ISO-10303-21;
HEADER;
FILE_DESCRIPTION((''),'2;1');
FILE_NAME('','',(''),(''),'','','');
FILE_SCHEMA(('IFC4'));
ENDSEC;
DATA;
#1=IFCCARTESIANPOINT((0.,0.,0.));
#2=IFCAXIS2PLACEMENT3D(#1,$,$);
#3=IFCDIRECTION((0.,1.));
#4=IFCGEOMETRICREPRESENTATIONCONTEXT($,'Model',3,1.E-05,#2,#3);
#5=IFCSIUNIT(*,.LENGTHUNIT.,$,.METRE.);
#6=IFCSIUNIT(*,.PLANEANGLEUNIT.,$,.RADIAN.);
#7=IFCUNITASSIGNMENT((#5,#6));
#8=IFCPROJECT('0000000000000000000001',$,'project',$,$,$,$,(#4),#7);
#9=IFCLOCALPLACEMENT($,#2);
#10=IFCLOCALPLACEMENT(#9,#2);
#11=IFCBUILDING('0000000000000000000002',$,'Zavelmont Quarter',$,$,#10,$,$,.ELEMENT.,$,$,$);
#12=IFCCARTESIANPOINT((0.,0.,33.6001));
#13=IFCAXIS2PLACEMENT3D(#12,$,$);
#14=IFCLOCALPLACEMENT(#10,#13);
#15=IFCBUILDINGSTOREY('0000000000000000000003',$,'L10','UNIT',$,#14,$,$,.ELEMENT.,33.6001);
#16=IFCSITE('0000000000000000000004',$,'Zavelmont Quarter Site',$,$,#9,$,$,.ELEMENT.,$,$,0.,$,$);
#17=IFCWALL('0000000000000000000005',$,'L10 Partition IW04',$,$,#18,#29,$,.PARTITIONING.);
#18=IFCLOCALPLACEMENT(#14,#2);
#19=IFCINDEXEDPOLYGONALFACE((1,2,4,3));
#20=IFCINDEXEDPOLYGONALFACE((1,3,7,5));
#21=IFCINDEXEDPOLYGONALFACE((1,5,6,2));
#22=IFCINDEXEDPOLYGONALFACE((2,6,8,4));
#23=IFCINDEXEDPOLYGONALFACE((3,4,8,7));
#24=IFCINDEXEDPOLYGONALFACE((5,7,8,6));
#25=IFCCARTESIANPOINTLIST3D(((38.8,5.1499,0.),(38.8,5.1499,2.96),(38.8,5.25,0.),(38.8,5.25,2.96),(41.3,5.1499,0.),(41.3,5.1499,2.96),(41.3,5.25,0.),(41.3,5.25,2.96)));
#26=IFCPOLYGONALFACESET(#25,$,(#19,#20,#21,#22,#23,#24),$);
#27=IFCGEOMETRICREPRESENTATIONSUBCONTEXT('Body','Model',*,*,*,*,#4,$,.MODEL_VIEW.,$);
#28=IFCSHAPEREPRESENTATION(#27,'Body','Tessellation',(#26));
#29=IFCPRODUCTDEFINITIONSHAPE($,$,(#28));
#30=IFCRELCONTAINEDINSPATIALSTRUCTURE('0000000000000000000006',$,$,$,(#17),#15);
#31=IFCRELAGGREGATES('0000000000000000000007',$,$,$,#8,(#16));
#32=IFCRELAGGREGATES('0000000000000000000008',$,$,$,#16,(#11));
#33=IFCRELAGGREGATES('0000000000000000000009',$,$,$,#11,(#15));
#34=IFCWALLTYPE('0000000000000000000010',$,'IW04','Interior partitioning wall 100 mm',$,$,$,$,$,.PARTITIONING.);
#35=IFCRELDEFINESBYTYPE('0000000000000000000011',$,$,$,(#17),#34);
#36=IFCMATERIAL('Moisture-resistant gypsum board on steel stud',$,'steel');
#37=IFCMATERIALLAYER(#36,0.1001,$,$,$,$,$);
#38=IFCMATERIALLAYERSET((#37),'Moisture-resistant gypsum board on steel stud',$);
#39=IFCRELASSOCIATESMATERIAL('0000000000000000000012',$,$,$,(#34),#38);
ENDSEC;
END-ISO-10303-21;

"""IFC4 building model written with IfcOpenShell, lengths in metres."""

from ifc_helpers import new_model, si_unit, direction, frame, frame_2d, origin, place, context, subcontext, project, spatial, rectangle, extrude, material, layer, layer_set, type_object, element, save


model = new_model("IFC4")

# Units and contexts
model_context = context("Model", 3, precision=1e-05, world=origin(), true_north=direction((0.0, 1.0)))
body_context = subcontext(model_context, "Body", "Model", "MODEL_VIEW")
ifc_project = project(units=[si_unit("LENGTHUNIT", "METRE"), si_unit("PLANEANGLEUNIT", "RADIAN")], contexts=[model_context])

# Site, building, storey
site_placement = place(None, origin())
site = spatial("IfcSite", under=ifc_project, at=site_placement, Name="Zavelmont Quarter Site", CompositionType="ELEMENT", RefElevation=0.0)
building_placement = place(site_placement, origin())
building = spatial("IfcBuilding", under=site, at=building_placement, Name="Zavelmont Quarter", CompositionType="ELEMENT")
storey_placement = place(building_placement, frame((0.0, 0.0, 33.6001)))
storey = spatial("IfcBuildingStorey", under=building, at=storey_placement, Name="L10", Description="UNIT", CompositionType="ELEMENT", Elevation=33.6001)

# Wall
ifc_material_1 = material(Name="Moisture-resistant gypsum board on steel stud", Category="steel")
ifc_layer_1 = layer(ifc_material_1, 0.1001)
ifc_layer_set_1 = layer_set([ifc_layer_1], Name="Moisture-resistant gypsum board on steel stud")
wall_type_1 = type_object("IfcWallType", Name="IW04", Description="Interior partitioning wall 100 mm", PredefinedType="PARTITIONING", material=ifc_layer_set_1)
wall_1_placement = place(storey_placement, frame((38.8, 5.2, 0.0), z_axis=(0.0, 0.0, 1.0), x_axis=(1.0, 0.0, 0.0)))
element("IfcWall", 1, at=wall_1_placement, inside=storey, type_object=wall_type_1, Name="L10 Partition IW04", PredefinedType="PARTITIONING", context=body_context, shape_type="SweptSolid", body=[
    extrude(rectangle(XDim=2.5, YDim=0.1001, at=frame_2d((1.25, 0.0))), origin(), (0.0, 0.0, 1.0), 2.96),
])

save(model, "model.ifc")
